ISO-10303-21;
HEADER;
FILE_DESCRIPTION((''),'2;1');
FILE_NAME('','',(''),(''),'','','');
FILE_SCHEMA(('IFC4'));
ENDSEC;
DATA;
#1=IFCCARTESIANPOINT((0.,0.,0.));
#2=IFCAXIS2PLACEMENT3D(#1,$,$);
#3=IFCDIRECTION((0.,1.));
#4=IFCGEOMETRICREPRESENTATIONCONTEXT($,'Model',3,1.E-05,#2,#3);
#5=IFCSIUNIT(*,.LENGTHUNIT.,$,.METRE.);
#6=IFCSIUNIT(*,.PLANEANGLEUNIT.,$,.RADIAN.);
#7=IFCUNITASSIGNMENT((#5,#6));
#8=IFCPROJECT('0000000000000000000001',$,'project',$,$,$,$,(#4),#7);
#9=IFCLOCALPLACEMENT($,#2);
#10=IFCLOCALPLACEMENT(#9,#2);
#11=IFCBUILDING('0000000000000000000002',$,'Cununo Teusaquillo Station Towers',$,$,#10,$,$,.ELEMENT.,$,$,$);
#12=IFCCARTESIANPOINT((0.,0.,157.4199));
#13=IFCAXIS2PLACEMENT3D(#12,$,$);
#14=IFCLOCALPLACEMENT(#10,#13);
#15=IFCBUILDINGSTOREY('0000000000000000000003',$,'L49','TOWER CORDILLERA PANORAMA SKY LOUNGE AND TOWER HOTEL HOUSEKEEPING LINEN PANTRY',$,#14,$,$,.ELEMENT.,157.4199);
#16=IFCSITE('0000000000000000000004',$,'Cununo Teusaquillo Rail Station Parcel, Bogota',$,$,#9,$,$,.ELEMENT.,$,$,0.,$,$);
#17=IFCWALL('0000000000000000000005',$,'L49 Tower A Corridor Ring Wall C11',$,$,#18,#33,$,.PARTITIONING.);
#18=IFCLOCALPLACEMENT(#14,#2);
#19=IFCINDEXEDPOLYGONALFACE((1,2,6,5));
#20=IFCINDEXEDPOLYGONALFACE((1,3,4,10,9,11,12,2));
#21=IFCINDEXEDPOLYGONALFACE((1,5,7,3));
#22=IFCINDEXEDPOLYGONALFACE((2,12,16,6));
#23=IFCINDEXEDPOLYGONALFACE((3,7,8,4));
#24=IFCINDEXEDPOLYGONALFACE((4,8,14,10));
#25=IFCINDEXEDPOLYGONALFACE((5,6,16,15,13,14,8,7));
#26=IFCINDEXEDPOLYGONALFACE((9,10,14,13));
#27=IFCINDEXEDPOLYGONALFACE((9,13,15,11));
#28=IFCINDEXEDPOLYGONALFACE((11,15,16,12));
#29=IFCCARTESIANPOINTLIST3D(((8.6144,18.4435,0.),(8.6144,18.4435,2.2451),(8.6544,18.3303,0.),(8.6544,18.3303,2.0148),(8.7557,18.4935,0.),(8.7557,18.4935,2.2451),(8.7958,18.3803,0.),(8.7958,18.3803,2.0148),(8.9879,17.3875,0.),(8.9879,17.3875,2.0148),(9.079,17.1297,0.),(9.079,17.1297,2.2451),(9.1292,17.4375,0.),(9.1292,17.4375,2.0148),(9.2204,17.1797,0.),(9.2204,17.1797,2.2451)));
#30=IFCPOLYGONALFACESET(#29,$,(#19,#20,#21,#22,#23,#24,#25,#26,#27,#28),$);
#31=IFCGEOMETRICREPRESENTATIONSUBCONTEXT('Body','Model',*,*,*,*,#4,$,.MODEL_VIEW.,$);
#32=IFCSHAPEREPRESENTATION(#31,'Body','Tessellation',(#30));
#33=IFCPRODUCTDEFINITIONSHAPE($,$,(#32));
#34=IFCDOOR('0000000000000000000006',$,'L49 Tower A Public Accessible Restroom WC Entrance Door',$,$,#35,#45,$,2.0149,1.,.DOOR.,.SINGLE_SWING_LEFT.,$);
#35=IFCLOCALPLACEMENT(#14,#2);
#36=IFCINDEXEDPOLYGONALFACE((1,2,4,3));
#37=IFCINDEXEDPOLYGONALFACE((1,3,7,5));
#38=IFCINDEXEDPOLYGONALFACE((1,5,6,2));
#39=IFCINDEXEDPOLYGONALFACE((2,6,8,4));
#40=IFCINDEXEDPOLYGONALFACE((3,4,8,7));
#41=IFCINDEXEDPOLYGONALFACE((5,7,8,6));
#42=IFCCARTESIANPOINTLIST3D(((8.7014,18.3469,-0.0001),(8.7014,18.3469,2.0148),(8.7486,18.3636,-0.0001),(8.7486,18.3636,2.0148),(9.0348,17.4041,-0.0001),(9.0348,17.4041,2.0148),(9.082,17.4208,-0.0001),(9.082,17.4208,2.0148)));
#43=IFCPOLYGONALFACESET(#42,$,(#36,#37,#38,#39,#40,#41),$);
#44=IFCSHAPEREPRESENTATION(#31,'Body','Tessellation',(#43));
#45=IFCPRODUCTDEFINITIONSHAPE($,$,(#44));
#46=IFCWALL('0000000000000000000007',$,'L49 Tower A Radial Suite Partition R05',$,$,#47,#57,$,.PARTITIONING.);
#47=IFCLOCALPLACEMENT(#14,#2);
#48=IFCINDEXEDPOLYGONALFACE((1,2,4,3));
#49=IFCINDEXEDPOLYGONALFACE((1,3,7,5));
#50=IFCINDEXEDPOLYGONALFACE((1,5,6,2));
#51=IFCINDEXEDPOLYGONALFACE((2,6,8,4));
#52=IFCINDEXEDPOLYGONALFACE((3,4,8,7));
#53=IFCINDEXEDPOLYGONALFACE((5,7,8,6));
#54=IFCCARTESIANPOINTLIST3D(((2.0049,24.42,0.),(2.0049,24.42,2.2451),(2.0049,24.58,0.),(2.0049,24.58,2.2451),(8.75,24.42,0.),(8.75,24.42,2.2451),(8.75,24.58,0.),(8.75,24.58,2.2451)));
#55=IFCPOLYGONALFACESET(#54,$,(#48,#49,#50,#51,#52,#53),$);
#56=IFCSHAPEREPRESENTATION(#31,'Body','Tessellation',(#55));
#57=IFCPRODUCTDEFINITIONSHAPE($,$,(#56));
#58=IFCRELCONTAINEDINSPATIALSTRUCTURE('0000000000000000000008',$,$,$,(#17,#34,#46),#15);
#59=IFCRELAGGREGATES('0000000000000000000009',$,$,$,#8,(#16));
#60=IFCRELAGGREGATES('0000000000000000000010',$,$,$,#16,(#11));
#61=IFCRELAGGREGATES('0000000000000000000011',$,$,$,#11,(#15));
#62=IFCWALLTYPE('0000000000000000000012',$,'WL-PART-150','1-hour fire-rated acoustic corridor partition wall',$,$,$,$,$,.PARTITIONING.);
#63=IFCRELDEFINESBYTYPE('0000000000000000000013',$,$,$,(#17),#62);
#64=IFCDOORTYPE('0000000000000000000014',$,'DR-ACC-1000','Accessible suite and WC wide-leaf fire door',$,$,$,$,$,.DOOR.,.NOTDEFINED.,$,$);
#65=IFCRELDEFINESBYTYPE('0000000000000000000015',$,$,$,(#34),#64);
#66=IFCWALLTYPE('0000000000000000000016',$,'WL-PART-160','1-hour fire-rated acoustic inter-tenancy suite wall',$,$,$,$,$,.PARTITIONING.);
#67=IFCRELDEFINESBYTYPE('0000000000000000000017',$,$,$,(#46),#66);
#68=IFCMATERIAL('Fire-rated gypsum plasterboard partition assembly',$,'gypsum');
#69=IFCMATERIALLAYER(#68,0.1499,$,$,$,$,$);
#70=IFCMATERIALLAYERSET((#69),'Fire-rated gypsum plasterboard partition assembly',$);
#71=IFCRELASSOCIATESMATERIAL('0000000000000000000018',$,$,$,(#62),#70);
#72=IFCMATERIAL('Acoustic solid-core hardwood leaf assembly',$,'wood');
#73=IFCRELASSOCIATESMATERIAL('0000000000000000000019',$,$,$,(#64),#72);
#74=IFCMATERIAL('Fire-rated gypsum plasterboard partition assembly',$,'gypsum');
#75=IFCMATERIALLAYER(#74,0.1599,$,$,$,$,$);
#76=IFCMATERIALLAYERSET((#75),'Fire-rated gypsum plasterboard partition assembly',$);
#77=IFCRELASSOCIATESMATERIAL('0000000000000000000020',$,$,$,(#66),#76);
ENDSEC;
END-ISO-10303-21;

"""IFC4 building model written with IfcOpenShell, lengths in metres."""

from ifc_helpers import new_model, si_unit, direction, frame, frame_2d, origin, place, context, subcontext, project, spatial, rectangle, extrude, source, transform, mapped, material, layer, layer_set, type_object, element, fill, save


model = new_model("IFC4")

# Units and contexts
model_context = context("Model", 3, precision=1e-05, world=origin(), true_north=direction((0.0, 1.0)))
body_context = subcontext(model_context, "Body", "Model", "MODEL_VIEW")
ifc_project = project(units=[si_unit("LENGTHUNIT", "METRE"), si_unit("PLANEANGLEUNIT", "RADIAN")], contexts=[model_context])

# Site, building, storey
site_placement = place(None, origin())
site = spatial("IfcSite", under=ifc_project, at=site_placement, Name="Cununo Teusaquillo Rail Station Parcel, Bogota", CompositionType="ELEMENT", RefElevation=0.0)
building_placement = place(site_placement, origin())
building = spatial("IfcBuilding", under=site, at=building_placement, Name="Cununo Teusaquillo Station Towers", CompositionType="ELEMENT")
storey_placement = place(building_placement, frame((0.0, 0.0, 157.4199)))
storey = spatial("IfcBuildingStorey", under=building, at=storey_placement, Name="L49", Description="TOWER CORDILLERA PANORAMA SKY LOUNGE AND TOWER HOTEL HOUSEKEEPING LINEN PANTRY", CompositionType="ELEMENT", Elevation=157.4199)

# Shared definitions
ifc_material_1 = material(Name="Fire-rated gypsum plasterboard partition assembly", Category="gypsum")
ifc_layer_1 = layer(ifc_material_1, 0.1499)
ifc_layer_set_1 = layer_set([ifc_layer_1], Name="Fire-rated gypsum plasterboard partition assembly")
wall_type_1 = type_object("IfcWallType", Name="WL-PART-150", Description="1-hour fire-rated acoustic corridor partition wall", PredefinedType="PARTITIONING", material=ifc_layer_set_1)

# Wall, opening, door
wall_1_placement = place(storey_placement, frame((8.6851, 18.4685, 0.0), z_axis=(0.0, 0.0, 1.0), x_axis=(0.333416, -0.94278, 0.0)))
wall_1 = element("IfcWall", 1, at=wall_1_placement, inside=storey, type_object=wall_type_1, Name="L49 Tower A Corridor Ring Wall C11", PredefinedType="PARTITIONING", context=body_context, shape_type="SweptSolid", body=[
    extrude(rectangle(XDim=1.3936, YDim=0.1499, at=frame_2d((0.6968, 0.0))), origin(), (0.0, 0.0, 1.0), 2.2451),
])
shared_shape_1 = source(origin(), body_context, "Body", "SweptSolid", [
    extrude(rectangle(XDim=1.0, YDim=2.0149, at=frame_2d((0.5, 1.0073))), frame((0.0, 0.085, 0.0), z_axis=(0.0, -1.0, 0.0), x_axis=(1.0, 0.0, 0.0)), (0.0, 0.0, 1.0), 0.1699),
])
opening_1_placement = place(wall_1_placement, frame((0.1201, 0.0, 0.0)))
opening_1 = element("IfcOpeningElement", 2, at=opening_1_placement, cuts=wall_1, PredefinedType="OPENING", context=body_context, shape_type="MappedRepresentation", body=[
    mapped(shared_shape_1, transform((0.0, 0.0, 0.0), x_axis=(1.0, 0.0, 0.0), y_axis=(0.0, 1.0, 0.0), z_axis=(0.0, 0.0, 1.0), scale=1.0)),
])
ifc_material_2 = material(Name="Acoustic solid-core hardwood leaf assembly", Category="wood")
door_type_1 = type_object("IfcDoorType", Name="DR-ACC-1000", Description="Accessible suite and WC wide-leaf fire door", OperationType="NOTDEFINED", PredefinedType="DOOR", material=ifc_material_2)
shared_shape_2 = source(origin(), body_context, "Body", "SweptSolid", [
    extrude(rectangle(XDim=1.0, YDim=2.0149, at=frame_2d((0.5, 1.0073))), frame((0.0, 0.0249, 0.0), z_axis=(0.0, -1.0, 0.0), x_axis=(1.0, 0.0, 0.0)), (0.0, 0.0, 1.0), 0.05),
])
door_1_placement = place(opening_1_placement, origin())
door_1 = element("IfcDoor", 3, at=door_1_placement, inside=storey, type_object=door_type_1, Name="L49 Tower A Public Accessible Restroom WC Entrance Door", OperationType="SINGLE_SWING_LEFT", OverallHeight=2.0149, OverallWidth=1.0, PredefinedType="DOOR", context=body_context, shape_type="MappedRepresentation", body=[
    mapped(shared_shape_2, transform((0.0, 0.0, 0.0), x_axis=(1.0, 0.0, 0.0), y_axis=(0.0, 1.0, 0.0), z_axis=(0.0, 0.0, 1.0), scale=1.0)),
])
fill(opening_1, door_1)

# Wall
ifc_material_3 = material(Name="Fire-rated gypsum plasterboard partition assembly", Category="gypsum")
ifc_layer_2 = layer(ifc_material_3, 0.1599)
ifc_layer_set_2 = layer_set([ifc_layer_2], Name="Fire-rated gypsum plasterboard partition assembly")
wall_type_2 = type_object("IfcWallType", Name="WL-PART-160", Description="1-hour fire-rated acoustic inter-tenancy suite wall", PredefinedType="PARTITIONING", material=ifc_layer_set_2)
wall_2_placement = place(storey_placement, frame((8.75, 24.5, 0.0), z_axis=(0.0, 0.0, 1.0), x_axis=(-1.0, 0.0, 0.0)))
element("IfcWall", 4, at=wall_2_placement, inside=storey, type_object=wall_type_2, Name="L49 Tower A Radial Suite Partition R05", PredefinedType="PARTITIONING", context=body_context, shape_type="SweptSolid", body=[
    extrude(rectangle(XDim=6.7451, YDim=0.1599, at=frame_2d((3.3726, 0.0))), origin(), (0.0, 0.0, 1.0), 2.2451),
])

save(model, "model.ifc")
